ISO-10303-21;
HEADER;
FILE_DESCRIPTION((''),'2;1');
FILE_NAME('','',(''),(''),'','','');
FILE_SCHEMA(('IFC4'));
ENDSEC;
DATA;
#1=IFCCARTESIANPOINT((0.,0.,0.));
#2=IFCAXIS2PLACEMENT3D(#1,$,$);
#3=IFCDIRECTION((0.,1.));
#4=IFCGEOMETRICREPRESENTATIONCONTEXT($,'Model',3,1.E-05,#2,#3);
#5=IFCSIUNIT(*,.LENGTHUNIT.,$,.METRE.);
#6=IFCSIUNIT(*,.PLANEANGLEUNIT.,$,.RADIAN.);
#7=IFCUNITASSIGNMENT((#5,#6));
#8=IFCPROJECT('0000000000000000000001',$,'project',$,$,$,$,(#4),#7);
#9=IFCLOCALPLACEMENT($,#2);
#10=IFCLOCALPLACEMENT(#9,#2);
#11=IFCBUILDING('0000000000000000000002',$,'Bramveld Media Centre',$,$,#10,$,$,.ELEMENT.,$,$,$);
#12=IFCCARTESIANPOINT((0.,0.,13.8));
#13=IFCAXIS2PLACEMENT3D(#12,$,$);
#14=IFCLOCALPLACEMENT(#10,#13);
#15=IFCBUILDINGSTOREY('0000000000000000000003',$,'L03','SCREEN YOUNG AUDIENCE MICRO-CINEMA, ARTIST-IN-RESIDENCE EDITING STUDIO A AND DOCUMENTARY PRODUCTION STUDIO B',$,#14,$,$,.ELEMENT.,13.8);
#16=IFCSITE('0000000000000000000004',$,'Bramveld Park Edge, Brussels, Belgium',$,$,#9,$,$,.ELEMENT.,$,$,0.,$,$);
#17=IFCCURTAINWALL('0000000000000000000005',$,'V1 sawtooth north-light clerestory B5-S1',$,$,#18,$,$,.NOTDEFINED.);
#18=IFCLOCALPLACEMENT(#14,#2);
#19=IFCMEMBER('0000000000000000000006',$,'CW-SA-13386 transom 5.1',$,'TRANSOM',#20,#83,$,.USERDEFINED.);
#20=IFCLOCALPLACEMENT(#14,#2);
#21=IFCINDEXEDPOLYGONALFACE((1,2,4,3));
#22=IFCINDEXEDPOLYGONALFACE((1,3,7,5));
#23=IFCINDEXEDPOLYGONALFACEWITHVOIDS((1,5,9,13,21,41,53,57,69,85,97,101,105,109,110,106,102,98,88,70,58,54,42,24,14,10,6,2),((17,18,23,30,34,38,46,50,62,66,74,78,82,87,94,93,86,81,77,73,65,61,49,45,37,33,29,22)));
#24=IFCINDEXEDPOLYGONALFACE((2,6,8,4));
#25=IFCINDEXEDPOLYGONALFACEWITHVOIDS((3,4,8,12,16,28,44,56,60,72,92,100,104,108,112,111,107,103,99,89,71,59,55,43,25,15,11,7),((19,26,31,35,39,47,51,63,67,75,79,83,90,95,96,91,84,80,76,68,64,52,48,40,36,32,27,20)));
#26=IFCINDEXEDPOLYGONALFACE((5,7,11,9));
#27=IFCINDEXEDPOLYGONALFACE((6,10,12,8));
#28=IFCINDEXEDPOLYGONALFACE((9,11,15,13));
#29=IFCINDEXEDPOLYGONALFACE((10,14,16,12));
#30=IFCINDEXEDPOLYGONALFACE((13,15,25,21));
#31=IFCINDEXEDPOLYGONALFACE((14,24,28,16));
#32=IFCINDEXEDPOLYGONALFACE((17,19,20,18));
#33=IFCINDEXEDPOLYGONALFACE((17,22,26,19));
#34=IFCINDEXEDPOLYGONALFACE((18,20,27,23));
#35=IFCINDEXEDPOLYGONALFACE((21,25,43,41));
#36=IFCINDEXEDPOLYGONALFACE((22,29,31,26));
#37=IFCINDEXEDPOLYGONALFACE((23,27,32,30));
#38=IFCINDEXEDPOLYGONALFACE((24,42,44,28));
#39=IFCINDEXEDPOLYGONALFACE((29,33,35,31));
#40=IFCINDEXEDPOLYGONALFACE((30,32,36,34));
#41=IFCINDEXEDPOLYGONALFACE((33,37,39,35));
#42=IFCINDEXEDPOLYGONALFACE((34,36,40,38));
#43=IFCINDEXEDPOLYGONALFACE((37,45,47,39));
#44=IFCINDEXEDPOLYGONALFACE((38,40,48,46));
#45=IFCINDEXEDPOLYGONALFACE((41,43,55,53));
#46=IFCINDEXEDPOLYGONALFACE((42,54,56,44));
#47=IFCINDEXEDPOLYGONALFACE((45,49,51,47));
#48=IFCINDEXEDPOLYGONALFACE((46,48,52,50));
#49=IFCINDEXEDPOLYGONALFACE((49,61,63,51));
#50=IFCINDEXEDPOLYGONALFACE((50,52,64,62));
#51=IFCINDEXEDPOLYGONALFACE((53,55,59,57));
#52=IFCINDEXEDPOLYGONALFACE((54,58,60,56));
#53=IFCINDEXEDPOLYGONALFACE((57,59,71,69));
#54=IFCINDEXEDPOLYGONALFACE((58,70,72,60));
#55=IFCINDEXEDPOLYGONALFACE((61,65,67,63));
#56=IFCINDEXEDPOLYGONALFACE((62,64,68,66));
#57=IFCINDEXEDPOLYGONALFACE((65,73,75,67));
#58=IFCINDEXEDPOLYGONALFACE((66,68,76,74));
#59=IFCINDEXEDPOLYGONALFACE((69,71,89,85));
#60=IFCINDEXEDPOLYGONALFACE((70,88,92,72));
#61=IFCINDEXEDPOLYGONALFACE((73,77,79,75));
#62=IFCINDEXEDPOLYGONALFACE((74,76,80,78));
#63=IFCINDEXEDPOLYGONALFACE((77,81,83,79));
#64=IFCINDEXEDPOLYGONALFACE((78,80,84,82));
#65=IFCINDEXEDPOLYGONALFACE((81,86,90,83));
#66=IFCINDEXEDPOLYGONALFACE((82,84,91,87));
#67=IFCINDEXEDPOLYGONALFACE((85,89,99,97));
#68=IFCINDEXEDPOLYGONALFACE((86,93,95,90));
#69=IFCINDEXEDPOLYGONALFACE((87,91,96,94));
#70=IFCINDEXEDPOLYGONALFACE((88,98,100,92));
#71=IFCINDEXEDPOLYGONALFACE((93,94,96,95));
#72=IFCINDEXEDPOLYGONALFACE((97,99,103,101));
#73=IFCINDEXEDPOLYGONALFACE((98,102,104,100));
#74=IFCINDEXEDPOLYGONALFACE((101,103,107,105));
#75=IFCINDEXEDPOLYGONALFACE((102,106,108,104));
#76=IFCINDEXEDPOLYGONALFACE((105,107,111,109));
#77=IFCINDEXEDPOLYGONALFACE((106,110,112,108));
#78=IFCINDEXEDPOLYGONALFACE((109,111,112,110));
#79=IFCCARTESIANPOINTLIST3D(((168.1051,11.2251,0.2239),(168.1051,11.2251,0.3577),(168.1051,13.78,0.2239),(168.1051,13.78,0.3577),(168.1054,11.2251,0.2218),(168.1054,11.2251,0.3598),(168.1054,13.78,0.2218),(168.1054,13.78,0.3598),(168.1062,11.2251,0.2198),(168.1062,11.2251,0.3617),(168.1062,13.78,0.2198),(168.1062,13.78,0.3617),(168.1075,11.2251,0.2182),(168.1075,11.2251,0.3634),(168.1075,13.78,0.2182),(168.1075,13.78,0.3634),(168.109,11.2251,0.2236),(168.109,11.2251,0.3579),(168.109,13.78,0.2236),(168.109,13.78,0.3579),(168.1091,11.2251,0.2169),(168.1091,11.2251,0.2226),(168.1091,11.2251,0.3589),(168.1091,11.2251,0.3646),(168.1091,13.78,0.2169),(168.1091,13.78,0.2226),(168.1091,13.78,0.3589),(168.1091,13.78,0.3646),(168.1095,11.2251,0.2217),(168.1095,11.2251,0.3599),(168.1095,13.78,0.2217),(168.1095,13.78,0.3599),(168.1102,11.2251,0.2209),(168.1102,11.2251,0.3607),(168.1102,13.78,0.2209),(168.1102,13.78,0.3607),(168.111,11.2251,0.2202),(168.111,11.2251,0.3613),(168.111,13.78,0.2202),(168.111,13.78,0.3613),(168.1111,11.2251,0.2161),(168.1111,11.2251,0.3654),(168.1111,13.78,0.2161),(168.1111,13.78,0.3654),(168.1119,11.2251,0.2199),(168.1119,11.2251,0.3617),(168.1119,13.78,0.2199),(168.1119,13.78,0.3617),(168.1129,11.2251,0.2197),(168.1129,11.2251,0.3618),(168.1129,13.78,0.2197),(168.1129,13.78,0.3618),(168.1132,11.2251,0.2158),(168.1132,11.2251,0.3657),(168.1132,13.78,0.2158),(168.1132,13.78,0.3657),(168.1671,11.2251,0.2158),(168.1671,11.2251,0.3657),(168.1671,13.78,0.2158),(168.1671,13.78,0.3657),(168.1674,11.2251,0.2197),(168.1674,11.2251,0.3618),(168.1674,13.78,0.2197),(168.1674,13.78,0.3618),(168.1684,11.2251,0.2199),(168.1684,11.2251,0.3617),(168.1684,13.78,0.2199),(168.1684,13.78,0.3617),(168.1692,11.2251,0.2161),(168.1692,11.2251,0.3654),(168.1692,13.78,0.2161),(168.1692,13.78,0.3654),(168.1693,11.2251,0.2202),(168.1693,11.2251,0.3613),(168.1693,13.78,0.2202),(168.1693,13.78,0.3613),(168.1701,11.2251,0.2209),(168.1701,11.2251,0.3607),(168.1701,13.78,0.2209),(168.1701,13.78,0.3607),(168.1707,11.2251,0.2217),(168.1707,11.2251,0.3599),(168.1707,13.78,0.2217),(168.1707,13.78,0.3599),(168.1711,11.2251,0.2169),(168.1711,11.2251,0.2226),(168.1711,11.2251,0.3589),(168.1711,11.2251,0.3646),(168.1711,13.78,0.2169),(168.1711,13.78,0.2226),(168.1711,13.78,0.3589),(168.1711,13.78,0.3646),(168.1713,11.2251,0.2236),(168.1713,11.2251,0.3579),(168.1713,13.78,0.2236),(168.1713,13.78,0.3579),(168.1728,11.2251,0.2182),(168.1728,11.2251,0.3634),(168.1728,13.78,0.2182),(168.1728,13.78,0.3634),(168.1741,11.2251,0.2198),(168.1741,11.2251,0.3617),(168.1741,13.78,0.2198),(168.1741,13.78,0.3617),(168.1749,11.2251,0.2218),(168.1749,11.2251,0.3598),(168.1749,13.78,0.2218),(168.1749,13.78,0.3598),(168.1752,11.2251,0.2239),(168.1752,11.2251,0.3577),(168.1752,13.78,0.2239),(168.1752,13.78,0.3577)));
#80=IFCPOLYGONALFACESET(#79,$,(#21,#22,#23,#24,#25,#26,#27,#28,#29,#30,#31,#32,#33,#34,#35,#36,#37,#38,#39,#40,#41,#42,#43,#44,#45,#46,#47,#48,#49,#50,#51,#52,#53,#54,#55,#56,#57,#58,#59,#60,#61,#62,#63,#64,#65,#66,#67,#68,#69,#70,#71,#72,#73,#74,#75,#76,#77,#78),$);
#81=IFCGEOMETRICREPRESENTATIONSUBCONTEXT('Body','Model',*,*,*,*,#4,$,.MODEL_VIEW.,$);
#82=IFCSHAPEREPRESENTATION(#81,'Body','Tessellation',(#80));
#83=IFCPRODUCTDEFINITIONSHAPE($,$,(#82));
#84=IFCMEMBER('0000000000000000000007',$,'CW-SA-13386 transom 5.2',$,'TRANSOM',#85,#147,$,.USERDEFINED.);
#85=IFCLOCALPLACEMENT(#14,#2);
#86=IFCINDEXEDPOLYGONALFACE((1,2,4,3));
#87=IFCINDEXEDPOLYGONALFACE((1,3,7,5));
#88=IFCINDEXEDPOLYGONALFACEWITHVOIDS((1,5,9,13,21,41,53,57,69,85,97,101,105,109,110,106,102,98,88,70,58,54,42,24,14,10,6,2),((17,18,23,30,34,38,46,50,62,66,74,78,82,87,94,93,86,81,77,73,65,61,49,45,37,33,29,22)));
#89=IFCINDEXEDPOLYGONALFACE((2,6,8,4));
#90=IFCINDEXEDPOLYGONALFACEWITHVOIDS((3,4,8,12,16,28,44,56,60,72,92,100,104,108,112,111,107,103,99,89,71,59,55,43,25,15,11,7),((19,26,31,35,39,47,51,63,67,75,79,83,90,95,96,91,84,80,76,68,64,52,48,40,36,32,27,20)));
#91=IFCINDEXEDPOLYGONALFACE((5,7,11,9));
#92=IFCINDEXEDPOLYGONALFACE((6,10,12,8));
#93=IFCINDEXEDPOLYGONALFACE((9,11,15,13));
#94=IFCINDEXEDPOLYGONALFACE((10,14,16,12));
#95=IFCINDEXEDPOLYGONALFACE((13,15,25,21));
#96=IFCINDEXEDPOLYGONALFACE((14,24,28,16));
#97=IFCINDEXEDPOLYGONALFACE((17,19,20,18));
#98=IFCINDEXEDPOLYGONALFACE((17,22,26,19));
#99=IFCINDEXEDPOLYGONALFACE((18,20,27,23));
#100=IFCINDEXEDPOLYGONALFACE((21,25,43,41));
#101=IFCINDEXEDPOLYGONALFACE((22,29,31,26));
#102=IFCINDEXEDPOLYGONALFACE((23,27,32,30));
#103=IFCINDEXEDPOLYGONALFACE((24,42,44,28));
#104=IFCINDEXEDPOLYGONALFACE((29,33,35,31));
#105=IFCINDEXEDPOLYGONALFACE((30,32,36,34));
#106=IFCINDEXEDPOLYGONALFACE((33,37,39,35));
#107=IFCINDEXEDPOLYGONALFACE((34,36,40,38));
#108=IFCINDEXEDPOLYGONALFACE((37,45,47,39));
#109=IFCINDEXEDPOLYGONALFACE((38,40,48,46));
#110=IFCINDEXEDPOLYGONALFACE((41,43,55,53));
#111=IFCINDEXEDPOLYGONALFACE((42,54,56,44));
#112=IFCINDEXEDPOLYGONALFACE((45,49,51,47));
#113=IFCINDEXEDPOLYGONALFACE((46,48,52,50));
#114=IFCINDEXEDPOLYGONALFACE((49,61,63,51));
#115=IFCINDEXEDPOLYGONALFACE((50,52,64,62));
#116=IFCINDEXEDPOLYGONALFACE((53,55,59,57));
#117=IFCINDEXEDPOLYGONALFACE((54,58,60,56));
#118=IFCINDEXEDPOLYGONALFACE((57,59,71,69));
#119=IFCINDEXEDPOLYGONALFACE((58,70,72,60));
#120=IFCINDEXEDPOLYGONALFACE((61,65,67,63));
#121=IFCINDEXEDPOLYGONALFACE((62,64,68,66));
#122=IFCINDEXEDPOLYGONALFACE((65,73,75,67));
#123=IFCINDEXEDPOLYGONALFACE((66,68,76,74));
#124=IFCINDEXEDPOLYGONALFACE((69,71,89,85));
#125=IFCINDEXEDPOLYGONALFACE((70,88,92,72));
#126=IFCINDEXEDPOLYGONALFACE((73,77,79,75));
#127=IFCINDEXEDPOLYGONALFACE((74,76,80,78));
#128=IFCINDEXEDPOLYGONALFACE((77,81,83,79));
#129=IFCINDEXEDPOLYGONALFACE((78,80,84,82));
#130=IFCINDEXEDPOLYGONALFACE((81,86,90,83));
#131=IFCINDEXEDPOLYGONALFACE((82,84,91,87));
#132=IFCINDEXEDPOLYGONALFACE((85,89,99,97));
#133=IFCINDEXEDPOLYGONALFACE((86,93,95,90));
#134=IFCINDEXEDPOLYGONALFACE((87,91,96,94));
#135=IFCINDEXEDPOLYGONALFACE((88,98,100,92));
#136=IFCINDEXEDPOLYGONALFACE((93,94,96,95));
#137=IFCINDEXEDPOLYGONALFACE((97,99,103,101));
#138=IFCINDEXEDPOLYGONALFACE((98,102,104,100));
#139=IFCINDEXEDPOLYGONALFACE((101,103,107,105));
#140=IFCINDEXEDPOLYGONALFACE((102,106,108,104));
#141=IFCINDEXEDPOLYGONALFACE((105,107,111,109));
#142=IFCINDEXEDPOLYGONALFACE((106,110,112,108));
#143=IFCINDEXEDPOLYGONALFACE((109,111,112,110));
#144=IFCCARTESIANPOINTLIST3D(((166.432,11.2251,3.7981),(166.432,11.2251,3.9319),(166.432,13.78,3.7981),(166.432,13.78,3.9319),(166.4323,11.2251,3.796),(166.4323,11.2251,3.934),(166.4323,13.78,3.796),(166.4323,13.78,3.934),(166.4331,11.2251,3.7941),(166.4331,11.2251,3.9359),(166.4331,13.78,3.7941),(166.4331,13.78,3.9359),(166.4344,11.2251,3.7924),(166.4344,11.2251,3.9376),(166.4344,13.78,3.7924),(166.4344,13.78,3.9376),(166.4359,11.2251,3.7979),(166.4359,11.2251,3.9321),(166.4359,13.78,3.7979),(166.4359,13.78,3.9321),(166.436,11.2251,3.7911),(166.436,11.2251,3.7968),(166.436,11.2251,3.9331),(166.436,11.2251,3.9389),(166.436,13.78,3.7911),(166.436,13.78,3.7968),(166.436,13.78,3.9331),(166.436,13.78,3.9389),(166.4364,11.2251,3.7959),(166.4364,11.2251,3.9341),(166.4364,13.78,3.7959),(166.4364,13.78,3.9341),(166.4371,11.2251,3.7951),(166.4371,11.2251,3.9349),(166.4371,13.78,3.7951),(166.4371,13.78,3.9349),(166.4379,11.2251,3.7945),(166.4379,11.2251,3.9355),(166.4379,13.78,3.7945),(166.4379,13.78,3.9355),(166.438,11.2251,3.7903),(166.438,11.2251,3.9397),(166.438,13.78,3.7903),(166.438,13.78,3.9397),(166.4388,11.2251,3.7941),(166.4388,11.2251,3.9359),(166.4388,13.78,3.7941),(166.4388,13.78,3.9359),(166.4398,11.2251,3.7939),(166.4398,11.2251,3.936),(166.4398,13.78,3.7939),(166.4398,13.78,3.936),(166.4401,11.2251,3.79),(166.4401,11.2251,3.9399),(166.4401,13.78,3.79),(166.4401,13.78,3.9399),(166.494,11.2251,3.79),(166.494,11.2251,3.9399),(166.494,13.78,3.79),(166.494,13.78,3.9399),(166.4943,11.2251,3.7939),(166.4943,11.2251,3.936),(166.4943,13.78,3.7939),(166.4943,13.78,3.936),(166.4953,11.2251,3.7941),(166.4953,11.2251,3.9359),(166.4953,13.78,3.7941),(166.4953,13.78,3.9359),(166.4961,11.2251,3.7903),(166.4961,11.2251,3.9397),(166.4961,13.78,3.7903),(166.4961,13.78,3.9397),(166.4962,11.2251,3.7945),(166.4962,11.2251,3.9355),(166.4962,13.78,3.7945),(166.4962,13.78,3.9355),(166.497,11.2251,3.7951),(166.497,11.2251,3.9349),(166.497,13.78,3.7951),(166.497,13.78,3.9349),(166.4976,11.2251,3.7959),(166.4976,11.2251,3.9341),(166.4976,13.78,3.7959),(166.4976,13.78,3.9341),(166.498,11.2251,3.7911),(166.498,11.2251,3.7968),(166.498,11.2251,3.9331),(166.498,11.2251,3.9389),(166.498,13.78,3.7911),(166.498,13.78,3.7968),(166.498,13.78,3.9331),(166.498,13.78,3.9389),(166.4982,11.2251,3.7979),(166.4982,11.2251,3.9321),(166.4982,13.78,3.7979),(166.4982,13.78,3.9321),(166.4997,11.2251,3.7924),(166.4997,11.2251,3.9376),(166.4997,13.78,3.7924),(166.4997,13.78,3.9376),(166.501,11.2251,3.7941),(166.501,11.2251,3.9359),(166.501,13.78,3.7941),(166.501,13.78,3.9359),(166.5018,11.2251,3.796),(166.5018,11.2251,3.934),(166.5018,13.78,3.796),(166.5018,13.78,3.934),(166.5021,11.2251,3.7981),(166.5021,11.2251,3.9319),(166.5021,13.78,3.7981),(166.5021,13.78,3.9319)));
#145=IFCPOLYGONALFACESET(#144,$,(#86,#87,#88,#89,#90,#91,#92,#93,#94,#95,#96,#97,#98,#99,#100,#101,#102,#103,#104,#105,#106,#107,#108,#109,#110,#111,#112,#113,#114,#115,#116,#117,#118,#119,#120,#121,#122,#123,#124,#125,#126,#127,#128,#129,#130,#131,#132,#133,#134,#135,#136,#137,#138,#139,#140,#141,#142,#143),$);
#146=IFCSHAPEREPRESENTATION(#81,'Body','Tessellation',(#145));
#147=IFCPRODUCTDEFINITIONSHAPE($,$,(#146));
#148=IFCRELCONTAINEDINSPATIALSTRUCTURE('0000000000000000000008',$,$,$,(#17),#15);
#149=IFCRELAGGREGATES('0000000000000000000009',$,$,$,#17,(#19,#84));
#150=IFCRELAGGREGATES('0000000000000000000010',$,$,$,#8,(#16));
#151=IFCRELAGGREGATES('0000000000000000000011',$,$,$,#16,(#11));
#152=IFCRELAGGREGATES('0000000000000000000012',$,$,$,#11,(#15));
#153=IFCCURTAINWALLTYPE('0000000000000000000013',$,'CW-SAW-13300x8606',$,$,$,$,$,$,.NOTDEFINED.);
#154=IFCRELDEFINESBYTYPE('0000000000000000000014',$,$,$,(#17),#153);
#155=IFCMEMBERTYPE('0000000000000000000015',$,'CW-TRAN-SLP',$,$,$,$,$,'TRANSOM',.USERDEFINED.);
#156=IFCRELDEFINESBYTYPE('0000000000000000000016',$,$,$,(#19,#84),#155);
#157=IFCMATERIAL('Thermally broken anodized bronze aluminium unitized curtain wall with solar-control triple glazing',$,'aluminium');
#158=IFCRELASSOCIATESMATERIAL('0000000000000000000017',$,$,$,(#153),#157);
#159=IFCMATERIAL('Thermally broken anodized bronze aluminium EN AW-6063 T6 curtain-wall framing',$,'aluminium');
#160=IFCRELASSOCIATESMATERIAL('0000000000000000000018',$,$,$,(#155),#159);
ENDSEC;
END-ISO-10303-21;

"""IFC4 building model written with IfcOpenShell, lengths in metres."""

from ifc_helpers import new_model, si_unit, direction, frame, origin, origin_2d, place, context, subcontext, project, spatial, hollow_rectangle, extrude, material, material_profile, profile_set, type_object, element, aggregate, save


model = new_model("IFC4")

# Units and contexts
model_context = context("Model", 3, precision=1e-05, world=origin(), true_north=direction((0.0, 1.0)))
body_context = subcontext(model_context, "Body", "Model", "MODEL_VIEW")
ifc_project = project(units=[si_unit("LENGTHUNIT", "METRE"), si_unit("PLANEANGLEUNIT", "RADIAN")], contexts=[model_context])

# Site, building, storey
site_placement = place(None, origin())
site = spatial("IfcSite", under=ifc_project, at=site_placement, Name="Bramveld Park Edge, Brussels, Belgium", CompositionType="ELEMENT", RefElevation=0.0)
building_placement = place(site_placement, origin())
building = spatial("IfcBuilding", under=site, at=building_placement, Name="Bramveld Media Centre", CompositionType="ELEMENT")
storey_placement = place(building_placement, frame((0.0, 0.0, 13.8)))
storey = spatial("IfcBuildingStorey", under=building, at=storey_placement, Name="L03", Description="SCREEN YOUNG AUDIENCE MICRO-CINEMA, ARTIST-IN-RESIDENCE EDITING STUDIO A AND DOCUMENTARY PRODUCTION STUDIO B", CompositionType="ELEMENT", Elevation=13.8)

# Curtain wall
ifc_material_1 = material(Name="Thermally broken anodized bronze aluminium unitized curtain wall with solar-control triple glazing", Category="aluminium")
curtain_wall_type = type_object("IfcCurtainWallType", Name="CW-SAW-13300x8606", PredefinedType="NOTDEFINED", material=ifc_material_1)
curtain_wall_1_placement = place(storey_placement, origin())
curtain_wall_1 = element("IfcCurtainWall", 1, at=curtain_wall_1_placement, inside=storey, type_object=curtain_wall_type, Name="V1 sawtooth north-light clerestory B5-S1", PredefinedType="NOTDEFINED")

# Members
ifc_material_2 = material(Name="Thermally broken anodized bronze aluminium EN AW-6063 T6 curtain-wall framing", Category="aluminium")
ifc_material_profile_1 = material_profile(ifc_material_2, hollow_rectangle(XDim=0.0701, YDim=0.1499, WallThickness=0.0039, InnerFilletRadius=0.0039, OuterFilletRadius=0.0081, at=origin_2d()), Name="AL-TRAN 70x150")
ifc_profile_set_1 = profile_set([ifc_material_profile_1], Name="Thermally broken anodized bronze aluminium EN AW-6063 T6 curtain-wall framing")
member_type_1 = type_object("IfcMemberType", Name="CW-TRAN-SLP", ElementType="TRANSOM", PredefinedType="USERDEFINED", material=ifc_profile_set_1)
member_1_placement = place(storey_placement, frame((168.1401, 11.2251, 0.2908), z_axis=(0.0, 1.0, 0.0), x_axis=(-1.0, 0.0, 0.0)))
member_1 = element("IfcMember", 2, at=member_1_placement, type_object=member_type_1, Name="CW-SA-13386 transom 5.1", ObjectType="TRANSOM", PredefinedType="USERDEFINED", context=body_context, shape_type="SweptSolid", body=[
    extrude(hollow_rectangle(XDim=0.0701, YDim=0.1499, WallThickness=0.0039, InnerFilletRadius=0.0039, OuterFilletRadius=0.0081, at=origin_2d()), origin(), (0.0, 0.0, 1.0), 2.5549),
])
member_2_placement = place(storey_placement, frame((166.467, 11.2251, 3.865), z_axis=(0.0, 1.0, 0.0), x_axis=(-1.0, 0.0, 0.0)))
member_2 = element("IfcMember", 3, at=member_2_placement, type_object=member_type_1, Name="CW-SA-13386 transom 5.2", ObjectType="TRANSOM", PredefinedType="USERDEFINED", context=body_context, shape_type="SweptSolid", body=[
    extrude(hollow_rectangle(XDim=0.0701, YDim=0.1499, WallThickness=0.0039, InnerFilletRadius=0.0039, OuterFilletRadius=0.0081, at=origin_2d()), origin(), (0.0, 0.0, 1.0), 2.5549),
])

aggregate(curtain_wall_1, [member_1, member_2])

save(model, "model.ifc")
